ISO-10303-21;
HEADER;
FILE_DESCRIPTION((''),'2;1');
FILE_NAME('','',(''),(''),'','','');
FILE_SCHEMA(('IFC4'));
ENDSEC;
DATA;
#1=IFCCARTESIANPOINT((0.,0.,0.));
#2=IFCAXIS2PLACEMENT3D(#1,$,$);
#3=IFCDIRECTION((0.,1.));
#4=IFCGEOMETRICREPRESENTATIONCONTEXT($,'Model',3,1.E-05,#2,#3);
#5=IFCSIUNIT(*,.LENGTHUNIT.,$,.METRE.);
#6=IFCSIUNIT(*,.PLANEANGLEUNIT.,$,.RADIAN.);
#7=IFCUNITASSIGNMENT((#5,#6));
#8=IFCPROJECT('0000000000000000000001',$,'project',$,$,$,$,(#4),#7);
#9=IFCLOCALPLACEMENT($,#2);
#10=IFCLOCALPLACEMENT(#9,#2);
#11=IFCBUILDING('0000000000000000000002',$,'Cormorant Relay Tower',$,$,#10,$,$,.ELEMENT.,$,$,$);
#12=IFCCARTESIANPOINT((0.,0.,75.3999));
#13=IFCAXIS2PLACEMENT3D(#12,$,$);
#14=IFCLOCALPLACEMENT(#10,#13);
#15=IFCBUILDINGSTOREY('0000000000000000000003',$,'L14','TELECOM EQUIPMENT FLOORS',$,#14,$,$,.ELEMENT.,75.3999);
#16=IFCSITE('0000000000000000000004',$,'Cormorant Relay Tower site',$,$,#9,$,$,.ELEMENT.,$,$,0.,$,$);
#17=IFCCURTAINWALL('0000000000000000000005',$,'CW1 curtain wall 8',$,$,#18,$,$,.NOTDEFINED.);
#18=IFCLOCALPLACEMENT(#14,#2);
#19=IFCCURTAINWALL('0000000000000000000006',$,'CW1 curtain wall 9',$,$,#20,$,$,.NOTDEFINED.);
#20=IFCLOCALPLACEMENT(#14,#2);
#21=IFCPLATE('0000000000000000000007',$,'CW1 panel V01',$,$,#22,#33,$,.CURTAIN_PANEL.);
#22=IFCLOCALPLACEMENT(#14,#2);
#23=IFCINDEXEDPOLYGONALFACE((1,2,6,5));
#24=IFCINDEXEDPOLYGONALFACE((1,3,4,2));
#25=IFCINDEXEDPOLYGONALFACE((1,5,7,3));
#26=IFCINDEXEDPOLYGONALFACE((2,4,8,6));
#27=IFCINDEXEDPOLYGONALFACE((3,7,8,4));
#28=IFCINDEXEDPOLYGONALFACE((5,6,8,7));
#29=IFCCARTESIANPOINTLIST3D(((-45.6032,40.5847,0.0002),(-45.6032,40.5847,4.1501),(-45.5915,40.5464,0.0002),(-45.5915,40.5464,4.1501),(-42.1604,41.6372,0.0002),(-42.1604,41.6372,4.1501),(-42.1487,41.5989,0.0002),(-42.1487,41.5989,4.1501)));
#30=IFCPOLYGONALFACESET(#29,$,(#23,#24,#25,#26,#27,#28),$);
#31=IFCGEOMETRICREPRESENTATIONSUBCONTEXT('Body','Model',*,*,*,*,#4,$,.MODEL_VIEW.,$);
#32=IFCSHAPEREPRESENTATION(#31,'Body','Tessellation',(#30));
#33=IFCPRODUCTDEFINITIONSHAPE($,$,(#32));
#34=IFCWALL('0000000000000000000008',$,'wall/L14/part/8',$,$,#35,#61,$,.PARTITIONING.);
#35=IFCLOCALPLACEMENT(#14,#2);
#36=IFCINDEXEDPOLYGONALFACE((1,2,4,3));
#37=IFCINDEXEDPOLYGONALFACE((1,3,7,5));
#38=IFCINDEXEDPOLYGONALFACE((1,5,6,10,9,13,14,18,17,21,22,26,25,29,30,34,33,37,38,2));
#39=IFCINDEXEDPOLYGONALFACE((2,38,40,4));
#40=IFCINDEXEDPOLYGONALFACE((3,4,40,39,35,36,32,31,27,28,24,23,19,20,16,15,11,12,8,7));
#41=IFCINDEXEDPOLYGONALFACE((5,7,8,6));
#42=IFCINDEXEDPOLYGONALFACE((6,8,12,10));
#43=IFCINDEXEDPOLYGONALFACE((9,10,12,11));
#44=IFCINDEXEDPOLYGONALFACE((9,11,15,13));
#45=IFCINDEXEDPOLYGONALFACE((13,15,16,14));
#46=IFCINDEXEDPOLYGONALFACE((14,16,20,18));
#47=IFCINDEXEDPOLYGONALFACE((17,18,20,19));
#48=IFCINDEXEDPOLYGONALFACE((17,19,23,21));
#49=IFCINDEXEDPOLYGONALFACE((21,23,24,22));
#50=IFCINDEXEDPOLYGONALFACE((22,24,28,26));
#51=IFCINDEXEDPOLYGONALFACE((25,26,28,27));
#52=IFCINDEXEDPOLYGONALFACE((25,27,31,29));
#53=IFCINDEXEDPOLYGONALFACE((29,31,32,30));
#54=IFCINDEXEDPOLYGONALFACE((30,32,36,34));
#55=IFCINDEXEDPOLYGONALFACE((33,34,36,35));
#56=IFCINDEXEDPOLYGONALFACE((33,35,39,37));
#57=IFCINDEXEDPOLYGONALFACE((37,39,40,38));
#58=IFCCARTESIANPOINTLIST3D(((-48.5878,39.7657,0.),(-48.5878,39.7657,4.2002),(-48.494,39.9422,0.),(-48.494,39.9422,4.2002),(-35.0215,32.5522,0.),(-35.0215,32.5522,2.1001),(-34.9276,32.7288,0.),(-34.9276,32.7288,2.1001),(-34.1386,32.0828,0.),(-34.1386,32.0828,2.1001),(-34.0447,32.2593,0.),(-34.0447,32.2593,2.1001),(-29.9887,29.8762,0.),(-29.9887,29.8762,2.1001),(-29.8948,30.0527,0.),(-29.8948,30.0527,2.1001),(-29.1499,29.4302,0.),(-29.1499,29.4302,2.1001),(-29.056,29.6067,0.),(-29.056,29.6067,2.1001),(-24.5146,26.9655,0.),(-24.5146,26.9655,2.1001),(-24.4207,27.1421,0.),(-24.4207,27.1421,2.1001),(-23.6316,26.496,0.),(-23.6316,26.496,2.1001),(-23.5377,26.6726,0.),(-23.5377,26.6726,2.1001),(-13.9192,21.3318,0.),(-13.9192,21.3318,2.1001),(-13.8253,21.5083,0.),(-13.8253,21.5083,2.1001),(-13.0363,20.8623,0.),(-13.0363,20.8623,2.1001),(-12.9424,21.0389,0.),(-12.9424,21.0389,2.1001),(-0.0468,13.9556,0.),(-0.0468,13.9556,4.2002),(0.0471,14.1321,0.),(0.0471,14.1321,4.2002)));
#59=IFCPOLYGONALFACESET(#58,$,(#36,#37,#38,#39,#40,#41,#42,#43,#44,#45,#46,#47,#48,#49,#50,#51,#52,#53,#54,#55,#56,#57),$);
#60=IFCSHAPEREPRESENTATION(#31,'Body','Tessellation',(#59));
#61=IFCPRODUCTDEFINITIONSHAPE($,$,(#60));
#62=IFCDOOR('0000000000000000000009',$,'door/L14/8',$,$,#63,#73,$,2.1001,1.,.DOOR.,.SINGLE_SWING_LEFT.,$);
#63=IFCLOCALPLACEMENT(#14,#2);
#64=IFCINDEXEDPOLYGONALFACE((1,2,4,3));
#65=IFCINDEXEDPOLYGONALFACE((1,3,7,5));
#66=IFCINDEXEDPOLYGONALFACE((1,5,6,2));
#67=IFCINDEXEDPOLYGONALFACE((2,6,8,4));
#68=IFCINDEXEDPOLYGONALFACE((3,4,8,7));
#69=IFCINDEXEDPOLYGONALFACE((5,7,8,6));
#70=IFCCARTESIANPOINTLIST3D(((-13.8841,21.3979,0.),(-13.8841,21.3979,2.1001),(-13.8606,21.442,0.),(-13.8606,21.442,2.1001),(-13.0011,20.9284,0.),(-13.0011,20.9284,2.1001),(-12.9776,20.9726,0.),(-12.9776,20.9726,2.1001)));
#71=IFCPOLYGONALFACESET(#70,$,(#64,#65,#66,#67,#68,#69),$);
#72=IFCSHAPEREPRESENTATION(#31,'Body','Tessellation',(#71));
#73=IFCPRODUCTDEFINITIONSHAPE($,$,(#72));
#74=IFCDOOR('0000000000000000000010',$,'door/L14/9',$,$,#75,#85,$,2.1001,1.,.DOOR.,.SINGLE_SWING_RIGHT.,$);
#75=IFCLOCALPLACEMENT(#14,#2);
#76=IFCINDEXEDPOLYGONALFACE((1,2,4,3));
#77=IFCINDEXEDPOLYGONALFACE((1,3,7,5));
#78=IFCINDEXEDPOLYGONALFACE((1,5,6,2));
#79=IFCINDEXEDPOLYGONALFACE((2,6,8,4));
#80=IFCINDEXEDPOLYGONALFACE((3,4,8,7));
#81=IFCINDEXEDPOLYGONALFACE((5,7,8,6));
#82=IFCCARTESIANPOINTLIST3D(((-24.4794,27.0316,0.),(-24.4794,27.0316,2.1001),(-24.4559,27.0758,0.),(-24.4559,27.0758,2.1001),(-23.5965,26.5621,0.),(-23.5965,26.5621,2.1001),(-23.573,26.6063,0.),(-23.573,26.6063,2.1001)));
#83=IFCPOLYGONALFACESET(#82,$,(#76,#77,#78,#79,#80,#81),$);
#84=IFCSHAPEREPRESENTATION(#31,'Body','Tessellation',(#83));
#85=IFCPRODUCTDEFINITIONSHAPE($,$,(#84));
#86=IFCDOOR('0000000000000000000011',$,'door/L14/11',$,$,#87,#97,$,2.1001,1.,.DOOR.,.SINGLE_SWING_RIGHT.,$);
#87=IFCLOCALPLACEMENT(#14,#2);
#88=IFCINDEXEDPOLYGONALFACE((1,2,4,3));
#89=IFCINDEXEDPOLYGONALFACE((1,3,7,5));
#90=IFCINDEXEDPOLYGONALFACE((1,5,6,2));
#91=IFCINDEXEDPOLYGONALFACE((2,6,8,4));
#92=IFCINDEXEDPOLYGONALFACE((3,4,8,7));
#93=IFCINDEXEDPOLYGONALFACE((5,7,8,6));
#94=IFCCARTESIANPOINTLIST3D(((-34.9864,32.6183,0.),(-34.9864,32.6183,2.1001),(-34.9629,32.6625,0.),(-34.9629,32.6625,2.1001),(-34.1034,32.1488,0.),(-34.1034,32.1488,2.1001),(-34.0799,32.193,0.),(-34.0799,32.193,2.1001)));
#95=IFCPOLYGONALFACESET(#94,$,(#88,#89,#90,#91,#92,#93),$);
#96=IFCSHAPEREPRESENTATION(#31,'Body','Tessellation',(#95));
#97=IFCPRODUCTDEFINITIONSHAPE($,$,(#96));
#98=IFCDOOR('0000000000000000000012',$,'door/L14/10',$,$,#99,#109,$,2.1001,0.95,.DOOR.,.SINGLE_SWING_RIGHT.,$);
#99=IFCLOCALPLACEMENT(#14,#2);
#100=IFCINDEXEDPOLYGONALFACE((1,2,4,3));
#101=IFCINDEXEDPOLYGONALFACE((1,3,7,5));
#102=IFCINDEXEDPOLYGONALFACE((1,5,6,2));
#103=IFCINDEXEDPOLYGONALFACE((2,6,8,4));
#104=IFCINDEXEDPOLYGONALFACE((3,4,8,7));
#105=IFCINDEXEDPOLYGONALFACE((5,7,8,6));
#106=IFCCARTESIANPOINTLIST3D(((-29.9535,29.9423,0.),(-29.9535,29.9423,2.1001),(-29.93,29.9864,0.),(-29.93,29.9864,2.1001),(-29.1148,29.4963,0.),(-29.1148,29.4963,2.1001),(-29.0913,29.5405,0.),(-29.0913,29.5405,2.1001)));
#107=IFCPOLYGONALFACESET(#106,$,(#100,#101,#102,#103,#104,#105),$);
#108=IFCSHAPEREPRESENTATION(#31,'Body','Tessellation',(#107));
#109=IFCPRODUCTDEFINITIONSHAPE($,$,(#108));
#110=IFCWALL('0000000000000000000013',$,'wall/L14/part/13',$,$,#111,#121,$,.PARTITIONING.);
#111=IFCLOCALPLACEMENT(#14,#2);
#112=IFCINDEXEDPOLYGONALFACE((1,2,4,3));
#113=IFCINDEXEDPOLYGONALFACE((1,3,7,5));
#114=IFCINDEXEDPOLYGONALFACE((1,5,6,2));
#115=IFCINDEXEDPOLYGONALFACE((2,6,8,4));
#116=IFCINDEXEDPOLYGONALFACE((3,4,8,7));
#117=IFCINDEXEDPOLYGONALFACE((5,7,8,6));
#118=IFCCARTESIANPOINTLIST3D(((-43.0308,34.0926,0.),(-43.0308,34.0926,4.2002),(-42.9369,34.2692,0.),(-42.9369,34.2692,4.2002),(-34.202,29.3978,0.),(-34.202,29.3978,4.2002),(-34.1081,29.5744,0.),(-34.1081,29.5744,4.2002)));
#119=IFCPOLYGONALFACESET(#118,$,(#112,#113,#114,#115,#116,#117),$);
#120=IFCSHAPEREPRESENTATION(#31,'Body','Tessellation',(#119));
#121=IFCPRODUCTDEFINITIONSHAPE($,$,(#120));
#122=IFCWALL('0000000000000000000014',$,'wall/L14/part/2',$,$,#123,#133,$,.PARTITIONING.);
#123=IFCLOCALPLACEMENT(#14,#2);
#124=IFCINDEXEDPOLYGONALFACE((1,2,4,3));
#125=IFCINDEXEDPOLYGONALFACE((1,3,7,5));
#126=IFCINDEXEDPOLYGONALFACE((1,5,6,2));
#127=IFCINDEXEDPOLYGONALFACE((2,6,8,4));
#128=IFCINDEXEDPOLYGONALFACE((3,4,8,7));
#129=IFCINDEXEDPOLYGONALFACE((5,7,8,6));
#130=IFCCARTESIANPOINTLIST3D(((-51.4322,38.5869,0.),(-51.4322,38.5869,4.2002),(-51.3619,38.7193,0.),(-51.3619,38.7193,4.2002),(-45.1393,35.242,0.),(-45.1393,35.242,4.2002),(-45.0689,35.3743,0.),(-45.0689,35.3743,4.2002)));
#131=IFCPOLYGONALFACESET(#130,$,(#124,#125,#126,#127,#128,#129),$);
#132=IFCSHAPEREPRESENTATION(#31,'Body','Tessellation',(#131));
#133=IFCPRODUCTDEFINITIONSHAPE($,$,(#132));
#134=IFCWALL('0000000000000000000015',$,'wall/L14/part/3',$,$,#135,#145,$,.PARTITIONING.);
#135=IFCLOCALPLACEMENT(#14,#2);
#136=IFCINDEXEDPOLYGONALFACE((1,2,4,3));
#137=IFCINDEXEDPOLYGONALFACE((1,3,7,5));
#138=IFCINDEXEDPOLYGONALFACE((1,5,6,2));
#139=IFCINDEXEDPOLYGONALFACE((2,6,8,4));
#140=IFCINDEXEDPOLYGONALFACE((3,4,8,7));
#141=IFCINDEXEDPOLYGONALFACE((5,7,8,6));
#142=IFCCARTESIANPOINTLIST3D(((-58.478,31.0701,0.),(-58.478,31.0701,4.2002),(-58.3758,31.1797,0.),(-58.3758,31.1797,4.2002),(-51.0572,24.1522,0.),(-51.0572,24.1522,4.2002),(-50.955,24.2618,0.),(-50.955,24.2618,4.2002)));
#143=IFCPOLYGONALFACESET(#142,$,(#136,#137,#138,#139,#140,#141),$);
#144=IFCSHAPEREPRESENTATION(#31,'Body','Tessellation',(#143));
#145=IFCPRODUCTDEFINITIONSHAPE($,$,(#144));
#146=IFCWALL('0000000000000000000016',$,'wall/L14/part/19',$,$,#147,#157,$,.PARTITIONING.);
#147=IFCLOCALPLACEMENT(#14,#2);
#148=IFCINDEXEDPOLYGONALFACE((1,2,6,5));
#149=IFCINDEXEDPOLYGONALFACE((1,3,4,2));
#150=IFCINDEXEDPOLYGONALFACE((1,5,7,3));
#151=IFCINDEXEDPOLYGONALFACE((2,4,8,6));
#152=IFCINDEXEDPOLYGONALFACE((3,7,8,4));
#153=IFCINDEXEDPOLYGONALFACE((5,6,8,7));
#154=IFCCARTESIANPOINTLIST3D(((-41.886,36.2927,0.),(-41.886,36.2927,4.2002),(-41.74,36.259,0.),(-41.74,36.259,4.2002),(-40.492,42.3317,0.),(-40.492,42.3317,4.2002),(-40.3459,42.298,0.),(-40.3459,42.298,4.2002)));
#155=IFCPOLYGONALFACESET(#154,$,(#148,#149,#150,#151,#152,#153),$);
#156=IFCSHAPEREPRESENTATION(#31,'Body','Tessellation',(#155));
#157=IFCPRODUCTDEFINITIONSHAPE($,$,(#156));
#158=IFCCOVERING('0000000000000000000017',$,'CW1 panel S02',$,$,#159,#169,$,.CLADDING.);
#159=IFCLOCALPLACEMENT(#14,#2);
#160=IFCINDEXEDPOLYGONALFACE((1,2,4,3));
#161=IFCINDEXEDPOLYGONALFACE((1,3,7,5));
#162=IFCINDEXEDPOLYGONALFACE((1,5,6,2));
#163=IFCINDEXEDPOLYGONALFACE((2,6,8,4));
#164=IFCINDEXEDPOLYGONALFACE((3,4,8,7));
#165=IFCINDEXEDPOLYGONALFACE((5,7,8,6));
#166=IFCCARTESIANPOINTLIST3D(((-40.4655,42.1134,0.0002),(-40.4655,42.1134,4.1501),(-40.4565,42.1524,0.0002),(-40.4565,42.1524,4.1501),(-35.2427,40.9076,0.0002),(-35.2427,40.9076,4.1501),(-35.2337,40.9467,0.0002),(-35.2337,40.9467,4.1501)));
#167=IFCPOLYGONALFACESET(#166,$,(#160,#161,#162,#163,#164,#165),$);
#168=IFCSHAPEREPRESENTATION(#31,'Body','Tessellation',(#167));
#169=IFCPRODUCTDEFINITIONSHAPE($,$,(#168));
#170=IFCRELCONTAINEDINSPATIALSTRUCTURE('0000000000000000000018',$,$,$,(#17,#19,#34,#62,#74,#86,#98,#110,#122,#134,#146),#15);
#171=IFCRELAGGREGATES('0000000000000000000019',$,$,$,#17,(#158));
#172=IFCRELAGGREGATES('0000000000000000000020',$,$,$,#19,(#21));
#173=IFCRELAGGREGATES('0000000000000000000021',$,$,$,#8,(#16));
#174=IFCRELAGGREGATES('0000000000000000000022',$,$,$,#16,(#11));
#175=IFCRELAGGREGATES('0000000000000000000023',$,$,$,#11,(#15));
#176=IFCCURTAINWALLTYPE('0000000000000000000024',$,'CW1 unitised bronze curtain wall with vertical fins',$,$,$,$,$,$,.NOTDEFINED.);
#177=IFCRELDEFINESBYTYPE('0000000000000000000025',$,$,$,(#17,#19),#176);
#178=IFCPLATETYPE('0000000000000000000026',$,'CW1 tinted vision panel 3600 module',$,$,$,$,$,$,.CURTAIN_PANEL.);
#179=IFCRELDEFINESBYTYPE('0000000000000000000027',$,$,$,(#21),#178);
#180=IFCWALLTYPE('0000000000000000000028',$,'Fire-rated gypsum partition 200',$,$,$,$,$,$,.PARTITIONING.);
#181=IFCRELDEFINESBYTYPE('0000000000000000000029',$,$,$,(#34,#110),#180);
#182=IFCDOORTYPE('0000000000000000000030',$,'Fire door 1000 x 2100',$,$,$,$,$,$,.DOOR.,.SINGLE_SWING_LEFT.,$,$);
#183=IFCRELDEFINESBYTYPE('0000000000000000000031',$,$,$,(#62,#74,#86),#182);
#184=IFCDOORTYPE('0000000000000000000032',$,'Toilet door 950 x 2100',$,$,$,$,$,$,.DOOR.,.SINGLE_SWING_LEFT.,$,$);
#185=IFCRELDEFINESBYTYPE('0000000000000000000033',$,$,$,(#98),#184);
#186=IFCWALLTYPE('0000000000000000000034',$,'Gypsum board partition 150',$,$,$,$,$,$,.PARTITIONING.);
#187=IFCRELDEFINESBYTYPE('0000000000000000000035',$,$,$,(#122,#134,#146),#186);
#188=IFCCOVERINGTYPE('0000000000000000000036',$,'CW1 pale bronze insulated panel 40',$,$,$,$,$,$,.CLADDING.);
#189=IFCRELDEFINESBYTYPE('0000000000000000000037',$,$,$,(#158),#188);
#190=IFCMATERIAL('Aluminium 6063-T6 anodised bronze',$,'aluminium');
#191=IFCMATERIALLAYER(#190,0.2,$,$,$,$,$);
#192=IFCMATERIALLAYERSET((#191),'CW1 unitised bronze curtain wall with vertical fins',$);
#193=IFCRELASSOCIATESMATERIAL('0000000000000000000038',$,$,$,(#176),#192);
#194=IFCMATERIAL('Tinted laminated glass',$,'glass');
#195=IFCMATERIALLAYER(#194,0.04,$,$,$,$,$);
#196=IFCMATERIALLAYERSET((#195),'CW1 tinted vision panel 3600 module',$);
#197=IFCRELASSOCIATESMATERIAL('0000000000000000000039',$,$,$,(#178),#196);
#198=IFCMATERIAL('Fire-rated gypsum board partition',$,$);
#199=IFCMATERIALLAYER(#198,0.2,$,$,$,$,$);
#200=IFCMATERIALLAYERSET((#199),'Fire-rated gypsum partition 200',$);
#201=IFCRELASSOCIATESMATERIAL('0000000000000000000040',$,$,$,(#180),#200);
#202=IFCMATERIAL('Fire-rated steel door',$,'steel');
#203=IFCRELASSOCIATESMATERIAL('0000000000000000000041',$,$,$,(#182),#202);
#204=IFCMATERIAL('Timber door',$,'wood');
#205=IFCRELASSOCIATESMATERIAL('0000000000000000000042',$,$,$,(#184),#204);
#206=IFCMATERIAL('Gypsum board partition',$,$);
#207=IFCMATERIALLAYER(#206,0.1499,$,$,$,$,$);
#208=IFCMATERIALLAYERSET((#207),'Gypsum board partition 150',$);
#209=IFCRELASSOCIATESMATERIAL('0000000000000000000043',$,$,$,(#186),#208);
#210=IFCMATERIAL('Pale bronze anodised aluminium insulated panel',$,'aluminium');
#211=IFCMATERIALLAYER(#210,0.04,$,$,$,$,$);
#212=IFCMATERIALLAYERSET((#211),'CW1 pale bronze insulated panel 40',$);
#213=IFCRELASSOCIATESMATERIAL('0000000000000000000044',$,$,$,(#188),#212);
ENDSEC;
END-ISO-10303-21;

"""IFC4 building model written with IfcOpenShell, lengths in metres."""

from ifc_helpers import new_model, si_unit, direction, frame, frame_2d, origin, origin_2d, place, context, subcontext, project, spatial, rectangle, extrude, material, layer, layer_set, type_object, element, fill, aggregate, save


model = new_model("IFC4")

# Units and contexts
model_context = context("Model", 3, precision=1e-05, world=origin(), true_north=direction((0.0, 1.0)))
body_context = subcontext(model_context, "Body", "Model", "MODEL_VIEW")
ifc_project = project(units=[si_unit("LENGTHUNIT", "METRE"), si_unit("PLANEANGLEUNIT", "RADIAN")], contexts=[model_context])

# Site, building, storey
site_placement = place(None, origin())
site = spatial("IfcSite", under=ifc_project, at=site_placement, Name="Cormorant Relay Tower site", CompositionType="ELEMENT", RefElevation=0.0)
building_placement = place(site_placement, origin())
building = spatial("IfcBuilding", under=site, at=building_placement, Name="Cormorant Relay Tower", CompositionType="ELEMENT")
storey_placement = place(building_placement, frame((0.0, 0.0, 75.3999)))
storey = spatial("IfcBuildingStorey", under=building, at=storey_placement, Name="L14", Description="TELECOM EQUIPMENT FLOORS", CompositionType="ELEMENT", Elevation=75.3999)

# Curtain wall
ifc_material_1 = material(Name="Aluminium 6063-T6 anodised bronze", Category="aluminium")
ifc_layer_1 = layer(ifc_material_1, 0.2)
ifc_layer_set_1 = layer_set([ifc_layer_1], Name="CW1 unitised bronze curtain wall with vertical fins")
curtain_wall_type = type_object("IfcCurtainWallType", Name="CW1 unitised bronze curtain wall with vertical fins", PredefinedType="NOTDEFINED", material=ifc_layer_set_1)
curtain_wall_1_placement = place(storey_placement, origin())
curtain_wall_1 = element("IfcCurtainWall", 1, at=curtain_wall_1_placement, inside=storey, type_object=curtain_wall_type, Name="CW1 curtain wall 8", PredefinedType="NOTDEFINED")

# Curtain wall
curtain_wall_2_placement = place(storey_placement, origin())
curtain_wall_2 = element("IfcCurtainWall", 2, at=curtain_wall_2_placement, inside=storey, type_object=curtain_wall_type, Name="CW1 curtain wall 9", PredefinedType="NOTDEFINED")

# Plate
ifc_material_2 = material(Name="Tinted laminated glass", Category="glass")
ifc_layer_2 = layer(ifc_material_2, 0.04)
ifc_layer_set_2 = layer_set([ifc_layer_2], Name="CW1 tinted vision panel 3600 module")
plate_type_1 = type_object("IfcPlateType", Name="CW1 tinted vision panel 3600 module", PredefinedType="CURTAIN_PANEL", material=ifc_layer_set_2)
plate_1_placement = place(storey_placement, frame((-43.876, 41.0918, 0.0002), z_axis=(0.0, 0.0, 1.0), x_axis=(-0.956305, -0.292372, 0.0)))
plate_1 = element("IfcPlate", 3, at=plate_1_placement, type_object=plate_type_1, Name="CW1 panel V01", PredefinedType="CURTAIN_PANEL", context=body_context, shape_type="SweptSolid", body=[
    extrude(rectangle(XDim=3.6001, YDim=0.04, at=origin_2d()), origin(), (0.0, 0.0, 1.0), 4.1499),
])

# Wall, openings, doors
ifc_material_3 = material(Name="Fire-rated gypsum board partition")
ifc_layer_3 = layer(ifc_material_3, 0.2)
ifc_layer_set_3 = layer_set([ifc_layer_3], Name="Fire-rated gypsum partition 200")
wall_type_1 = type_object("IfcWallType", Name="Fire-rated gypsum partition 200", PredefinedType="PARTITIONING", material=ifc_layer_set_3)
wall_1_placement = place(storey_placement, frame((-48.541, 39.854, 0.0), z_axis=(0.0, 0.0, 1.0), x_axis=(0.882945, -0.469476, 0.0)))
wall_1 = element("IfcWall", 4, at=wall_1_placement, inside=storey, type_object=wall_type_1, Name="wall/L14/part/8", PredefinedType="PARTITIONING", context=body_context, shape_type="SweptSolid", body=[
    extrude(rectangle(XDim=54.9763, YDim=0.2, at=frame_2d((27.4883, 0.0))), origin(), (0.0, 0.0, 1.0), 4.2002),
])
opening_1_placement = place(wall_1_placement, frame((39.2649, 0.0, 0.0)))
opening_1 = element("IfcOpeningElement", 5, at=opening_1_placement, cuts=wall_1, PredefinedType="OPENING", context=body_context, shape_type="SweptSolid", body=[
    extrude(rectangle(XDim=1.0, YDim=2.1001, at=frame_2d((0.5, 1.05))), frame((0.0, 0.1099, 0.0), z_axis=(0.0, -1.0, 0.0), x_axis=(1.0, 0.0, 0.0)), (0.0, 0.0, 1.0), 0.22),
])
opening_2_placement = place(wall_1_placement, frame((27.2649, 0.0, 0.0)))
opening_2 = element("IfcOpeningElement", 6, at=opening_2_placement, cuts=wall_1, PredefinedType="OPENING", context=body_context, shape_type="SweptSolid", body=[
    extrude(rectangle(XDim=1.0, YDim=2.1001, at=frame_2d((0.5, 1.05))), frame((0.0, 0.1099, 0.0), z_axis=(0.0, -1.0, 0.0), x_axis=(1.0, 0.0, 0.0)), (0.0, 0.0, 1.0), 0.22),
])
opening_3_placement = place(wall_1_placement, frame((21.0649, 0.0, 0.0)))
opening_3 = element("IfcOpeningElement", 7, at=opening_3_placement, cuts=wall_1, PredefinedType="OPENING", context=body_context, shape_type="SweptSolid", body=[
    extrude(rectangle(XDim=0.95, YDim=2.1001, at=frame_2d((0.4751, 1.05))), frame((0.0, 0.1099, 0.0), z_axis=(0.0, -1.0, 0.0), x_axis=(1.0, 0.0, 0.0)), (0.0, 0.0, 1.0), 0.22),
])
opening_4_placement = place(wall_1_placement, frame((15.365, 0.0, 0.0)))
opening_4 = element("IfcOpeningElement", 8, at=opening_4_placement, cuts=wall_1, PredefinedType="OPENING", context=body_context, shape_type="SweptSolid", body=[
    extrude(rectangle(XDim=1.0, YDim=2.1001, at=frame_2d((0.5, 1.05))), frame((0.0, 0.1099, 0.0), z_axis=(0.0, -1.0, 0.0), x_axis=(1.0, 0.0, 0.0)), (0.0, 0.0, 1.0), 0.22),
])
ifc_material_4 = material(Name="Fire-rated steel door", Category="steel")
door_type_1 = type_object("IfcDoorType", Name="Fire door 1000 x 2100", OperationType="SINGLE_SWING_LEFT", PredefinedType="DOOR", material=ifc_material_4)
door_1_placement = place(opening_1_placement, origin())
door_1 = element("IfcDoor", 9, at=door_1_placement, inside=storey, type_object=door_type_1, Name="door/L14/8", OperationType="SINGLE_SWING_LEFT", OverallHeight=2.1001, OverallWidth=1.0, PredefinedType="DOOR", context=body_context, shape_type="SweptSolid", body=[
    extrude(rectangle(XDim=1.0, YDim=2.1001, at=frame_2d((0.5, 1.05))), frame((0.0, 0.0249, 0.0), z_axis=(0.0, -1.0, 0.0), x_axis=(1.0, 0.0, 0.0)), (0.0, 0.0, 1.0), 0.05),
])
fill(opening_1, door_1)
door_2_placement = place(opening_2_placement, origin())
door_2 = element("IfcDoor", 10, at=door_2_placement, inside=storey, type_object=door_type_1, Name="door/L14/9", OperationType="SINGLE_SWING_RIGHT", OverallHeight=2.1001, OverallWidth=1.0, PredefinedType="DOOR", context=body_context, shape_type="SweptSolid", body=[
    extrude(rectangle(XDim=1.0, YDim=2.1001, at=frame_2d((0.5, 1.05))), frame((0.0, 0.0249, 0.0), z_axis=(0.0, -1.0, 0.0), x_axis=(1.0, 0.0, 0.0)), (0.0, 0.0, 1.0), 0.05),
])
fill(opening_2, door_2)
door_3_placement = place(opening_4_placement, origin())
door_3 = element("IfcDoor", 11, at=door_3_placement, inside=storey, type_object=door_type_1, Name="door/L14/11", OperationType="SINGLE_SWING_RIGHT", OverallHeight=2.1001, OverallWidth=1.0, PredefinedType="DOOR", context=body_context, shape_type="SweptSolid", body=[
    extrude(rectangle(XDim=1.0, YDim=2.1001, at=frame_2d((0.5, 1.05))), frame((0.0, 0.0249, 0.0), z_axis=(0.0, -1.0, 0.0), x_axis=(1.0, 0.0, 0.0)), (0.0, 0.0, 1.0), 0.05),
])
fill(opening_4, door_3)
ifc_material_5 = material(Name="Timber door", Category="wood")
door_type_2 = type_object("IfcDoorType", Name="Toilet door 950 x 2100", OperationType="SINGLE_SWING_LEFT", PredefinedType="DOOR", material=ifc_material_5)
door_4_placement = place(opening_3_placement, origin())
door_4 = element("IfcDoor", 12, at=door_4_placement, inside=storey, type_object=door_type_2, Name="door/L14/10", OperationType="SINGLE_SWING_RIGHT", OverallHeight=2.1001, OverallWidth=0.95, PredefinedType="DOOR", context=body_context, shape_type="SweptSolid", body=[
    extrude(rectangle(XDim=0.95, YDim=2.1001, at=frame_2d((0.4751, 1.05))), frame((0.0, 0.0249, 0.0), z_axis=(0.0, -1.0, 0.0), x_axis=(1.0, 0.0, 0.0)), (0.0, 0.0, 1.0), 0.05),
])
fill(opening_3, door_4)

# Walls
wall_2_placement = place(storey_placement, frame((-42.9839, 34.1809, 0.0), z_axis=(0.0, 0.0, 1.0), x_axis=(0.882929, -0.469506, 0.0)))
element("IfcWall", 13, at=wall_2_placement, inside=storey, type_object=wall_type_1, Name="wall/L14/part/13", PredefinedType="PARTITIONING", context=body_context, shape_type="SweptSolid", body=[
    extrude(rectangle(XDim=9.9995, YDim=0.2, at=frame_2d((4.9998, 0.0))), origin(), (0.0, 0.0, 1.0), 4.2002),
])
ifc_material_6 = material(Name="Gypsum board partition")
ifc_layer_4 = layer(ifc_material_6, 0.1499)
ifc_layer_set_4 = layer_set([ifc_layer_4], Name="Gypsum board partition 150")
wall_type_2 = type_object("IfcWallType", Name="Gypsum board partition 150", PredefinedType="PARTITIONING", material=ifc_layer_set_4)
wall_3_placement = place(storey_placement, frame((-45.104, 35.3081, 0.0), z_axis=(0.0, 0.0, 1.0), x_axis=(-0.883009, 0.469356, 0.0)))
element("IfcWall", 14, at=wall_3_placement, inside=storey, type_object=wall_type_2, Name="wall/L14/part/2", PredefinedType="PARTITIONING", context=body_context, shape_type="SweptSolid", body=[
    extrude(rectangle(XDim=7.1267, YDim=0.1499, at=frame_2d((3.5635, 0.0))), origin(), (0.0, 0.0, 1.0), 4.2002),
])
wall_4_placement = place(storey_placement, frame((-58.427, 31.125, 0.0), z_axis=(0.0, 0.0, 1.0), x_axis=(0.731458, -0.681886, 0.0)))
element("IfcWall", 15, at=wall_4_placement, inside=storey, type_object=wall_type_2, Name="wall/L14/part/3", PredefinedType="PARTITIONING", context=body_context, shape_type="SweptSolid", body=[
    extrude(rectangle(XDim=10.1453, YDim=0.1499, at=frame_2d((5.0728, 0.0))), origin(), (0.0, 0.0, 1.0), 4.2002),
])
wall_5_placement = place(storey_placement, frame((-41.813, 36.2759, 0.0), z_axis=(0.0, 0.0, 1.0), x_axis=(0.224923, 0.974377, 0.0)))
element("IfcWall", 16, at=wall_5_placement, inside=storey, type_object=wall_type_2, Name="wall/L14/part/19", PredefinedType="PARTITIONING", context=body_context, shape_type="SweptSolid", body=[
    extrude(rectangle(XDim=6.1978, YDim=0.1499, at=frame_2d((3.0989, 0.0))), origin(), (0.0, 0.0, 1.0), 4.2002),
])

# Covering
ifc_material_7 = material(Name="Pale bronze anodised aluminium insulated panel", Category="aluminium")
ifc_layer_5 = layer(ifc_material_7, 0.04)
ifc_layer_set_5 = layer_set([ifc_layer_5], Name="CW1 pale bronze insulated panel 40")
covering_type = type_object("IfcCoveringType", Name="CW1 pale bronze insulated panel 40", PredefinedType="CLADDING", material=ifc_layer_set_5)
covering_1_placement = place(storey_placement, frame((-37.8496, 41.53, 0.0002), z_axis=(0.0, 0.0, 1.0), x_axis=(-0.97437, 0.224951, 0.0)))
covering_1 = element("IfcCovering", 17, at=covering_1_placement, type_object=covering_type, Name="CW1 panel S02", PredefinedType="CLADDING", context=body_context, shape_type="SweptSolid", body=[
    extrude(rectangle(XDim=5.3601, YDim=0.04, at=origin_2d()), origin(), (0.0, 0.0, 1.0), 4.1499),
])
aggregate(curtain_wall_1, [covering_1])
aggregate(curtain_wall_2, [plate_1])

save(model, "model.ifc")
